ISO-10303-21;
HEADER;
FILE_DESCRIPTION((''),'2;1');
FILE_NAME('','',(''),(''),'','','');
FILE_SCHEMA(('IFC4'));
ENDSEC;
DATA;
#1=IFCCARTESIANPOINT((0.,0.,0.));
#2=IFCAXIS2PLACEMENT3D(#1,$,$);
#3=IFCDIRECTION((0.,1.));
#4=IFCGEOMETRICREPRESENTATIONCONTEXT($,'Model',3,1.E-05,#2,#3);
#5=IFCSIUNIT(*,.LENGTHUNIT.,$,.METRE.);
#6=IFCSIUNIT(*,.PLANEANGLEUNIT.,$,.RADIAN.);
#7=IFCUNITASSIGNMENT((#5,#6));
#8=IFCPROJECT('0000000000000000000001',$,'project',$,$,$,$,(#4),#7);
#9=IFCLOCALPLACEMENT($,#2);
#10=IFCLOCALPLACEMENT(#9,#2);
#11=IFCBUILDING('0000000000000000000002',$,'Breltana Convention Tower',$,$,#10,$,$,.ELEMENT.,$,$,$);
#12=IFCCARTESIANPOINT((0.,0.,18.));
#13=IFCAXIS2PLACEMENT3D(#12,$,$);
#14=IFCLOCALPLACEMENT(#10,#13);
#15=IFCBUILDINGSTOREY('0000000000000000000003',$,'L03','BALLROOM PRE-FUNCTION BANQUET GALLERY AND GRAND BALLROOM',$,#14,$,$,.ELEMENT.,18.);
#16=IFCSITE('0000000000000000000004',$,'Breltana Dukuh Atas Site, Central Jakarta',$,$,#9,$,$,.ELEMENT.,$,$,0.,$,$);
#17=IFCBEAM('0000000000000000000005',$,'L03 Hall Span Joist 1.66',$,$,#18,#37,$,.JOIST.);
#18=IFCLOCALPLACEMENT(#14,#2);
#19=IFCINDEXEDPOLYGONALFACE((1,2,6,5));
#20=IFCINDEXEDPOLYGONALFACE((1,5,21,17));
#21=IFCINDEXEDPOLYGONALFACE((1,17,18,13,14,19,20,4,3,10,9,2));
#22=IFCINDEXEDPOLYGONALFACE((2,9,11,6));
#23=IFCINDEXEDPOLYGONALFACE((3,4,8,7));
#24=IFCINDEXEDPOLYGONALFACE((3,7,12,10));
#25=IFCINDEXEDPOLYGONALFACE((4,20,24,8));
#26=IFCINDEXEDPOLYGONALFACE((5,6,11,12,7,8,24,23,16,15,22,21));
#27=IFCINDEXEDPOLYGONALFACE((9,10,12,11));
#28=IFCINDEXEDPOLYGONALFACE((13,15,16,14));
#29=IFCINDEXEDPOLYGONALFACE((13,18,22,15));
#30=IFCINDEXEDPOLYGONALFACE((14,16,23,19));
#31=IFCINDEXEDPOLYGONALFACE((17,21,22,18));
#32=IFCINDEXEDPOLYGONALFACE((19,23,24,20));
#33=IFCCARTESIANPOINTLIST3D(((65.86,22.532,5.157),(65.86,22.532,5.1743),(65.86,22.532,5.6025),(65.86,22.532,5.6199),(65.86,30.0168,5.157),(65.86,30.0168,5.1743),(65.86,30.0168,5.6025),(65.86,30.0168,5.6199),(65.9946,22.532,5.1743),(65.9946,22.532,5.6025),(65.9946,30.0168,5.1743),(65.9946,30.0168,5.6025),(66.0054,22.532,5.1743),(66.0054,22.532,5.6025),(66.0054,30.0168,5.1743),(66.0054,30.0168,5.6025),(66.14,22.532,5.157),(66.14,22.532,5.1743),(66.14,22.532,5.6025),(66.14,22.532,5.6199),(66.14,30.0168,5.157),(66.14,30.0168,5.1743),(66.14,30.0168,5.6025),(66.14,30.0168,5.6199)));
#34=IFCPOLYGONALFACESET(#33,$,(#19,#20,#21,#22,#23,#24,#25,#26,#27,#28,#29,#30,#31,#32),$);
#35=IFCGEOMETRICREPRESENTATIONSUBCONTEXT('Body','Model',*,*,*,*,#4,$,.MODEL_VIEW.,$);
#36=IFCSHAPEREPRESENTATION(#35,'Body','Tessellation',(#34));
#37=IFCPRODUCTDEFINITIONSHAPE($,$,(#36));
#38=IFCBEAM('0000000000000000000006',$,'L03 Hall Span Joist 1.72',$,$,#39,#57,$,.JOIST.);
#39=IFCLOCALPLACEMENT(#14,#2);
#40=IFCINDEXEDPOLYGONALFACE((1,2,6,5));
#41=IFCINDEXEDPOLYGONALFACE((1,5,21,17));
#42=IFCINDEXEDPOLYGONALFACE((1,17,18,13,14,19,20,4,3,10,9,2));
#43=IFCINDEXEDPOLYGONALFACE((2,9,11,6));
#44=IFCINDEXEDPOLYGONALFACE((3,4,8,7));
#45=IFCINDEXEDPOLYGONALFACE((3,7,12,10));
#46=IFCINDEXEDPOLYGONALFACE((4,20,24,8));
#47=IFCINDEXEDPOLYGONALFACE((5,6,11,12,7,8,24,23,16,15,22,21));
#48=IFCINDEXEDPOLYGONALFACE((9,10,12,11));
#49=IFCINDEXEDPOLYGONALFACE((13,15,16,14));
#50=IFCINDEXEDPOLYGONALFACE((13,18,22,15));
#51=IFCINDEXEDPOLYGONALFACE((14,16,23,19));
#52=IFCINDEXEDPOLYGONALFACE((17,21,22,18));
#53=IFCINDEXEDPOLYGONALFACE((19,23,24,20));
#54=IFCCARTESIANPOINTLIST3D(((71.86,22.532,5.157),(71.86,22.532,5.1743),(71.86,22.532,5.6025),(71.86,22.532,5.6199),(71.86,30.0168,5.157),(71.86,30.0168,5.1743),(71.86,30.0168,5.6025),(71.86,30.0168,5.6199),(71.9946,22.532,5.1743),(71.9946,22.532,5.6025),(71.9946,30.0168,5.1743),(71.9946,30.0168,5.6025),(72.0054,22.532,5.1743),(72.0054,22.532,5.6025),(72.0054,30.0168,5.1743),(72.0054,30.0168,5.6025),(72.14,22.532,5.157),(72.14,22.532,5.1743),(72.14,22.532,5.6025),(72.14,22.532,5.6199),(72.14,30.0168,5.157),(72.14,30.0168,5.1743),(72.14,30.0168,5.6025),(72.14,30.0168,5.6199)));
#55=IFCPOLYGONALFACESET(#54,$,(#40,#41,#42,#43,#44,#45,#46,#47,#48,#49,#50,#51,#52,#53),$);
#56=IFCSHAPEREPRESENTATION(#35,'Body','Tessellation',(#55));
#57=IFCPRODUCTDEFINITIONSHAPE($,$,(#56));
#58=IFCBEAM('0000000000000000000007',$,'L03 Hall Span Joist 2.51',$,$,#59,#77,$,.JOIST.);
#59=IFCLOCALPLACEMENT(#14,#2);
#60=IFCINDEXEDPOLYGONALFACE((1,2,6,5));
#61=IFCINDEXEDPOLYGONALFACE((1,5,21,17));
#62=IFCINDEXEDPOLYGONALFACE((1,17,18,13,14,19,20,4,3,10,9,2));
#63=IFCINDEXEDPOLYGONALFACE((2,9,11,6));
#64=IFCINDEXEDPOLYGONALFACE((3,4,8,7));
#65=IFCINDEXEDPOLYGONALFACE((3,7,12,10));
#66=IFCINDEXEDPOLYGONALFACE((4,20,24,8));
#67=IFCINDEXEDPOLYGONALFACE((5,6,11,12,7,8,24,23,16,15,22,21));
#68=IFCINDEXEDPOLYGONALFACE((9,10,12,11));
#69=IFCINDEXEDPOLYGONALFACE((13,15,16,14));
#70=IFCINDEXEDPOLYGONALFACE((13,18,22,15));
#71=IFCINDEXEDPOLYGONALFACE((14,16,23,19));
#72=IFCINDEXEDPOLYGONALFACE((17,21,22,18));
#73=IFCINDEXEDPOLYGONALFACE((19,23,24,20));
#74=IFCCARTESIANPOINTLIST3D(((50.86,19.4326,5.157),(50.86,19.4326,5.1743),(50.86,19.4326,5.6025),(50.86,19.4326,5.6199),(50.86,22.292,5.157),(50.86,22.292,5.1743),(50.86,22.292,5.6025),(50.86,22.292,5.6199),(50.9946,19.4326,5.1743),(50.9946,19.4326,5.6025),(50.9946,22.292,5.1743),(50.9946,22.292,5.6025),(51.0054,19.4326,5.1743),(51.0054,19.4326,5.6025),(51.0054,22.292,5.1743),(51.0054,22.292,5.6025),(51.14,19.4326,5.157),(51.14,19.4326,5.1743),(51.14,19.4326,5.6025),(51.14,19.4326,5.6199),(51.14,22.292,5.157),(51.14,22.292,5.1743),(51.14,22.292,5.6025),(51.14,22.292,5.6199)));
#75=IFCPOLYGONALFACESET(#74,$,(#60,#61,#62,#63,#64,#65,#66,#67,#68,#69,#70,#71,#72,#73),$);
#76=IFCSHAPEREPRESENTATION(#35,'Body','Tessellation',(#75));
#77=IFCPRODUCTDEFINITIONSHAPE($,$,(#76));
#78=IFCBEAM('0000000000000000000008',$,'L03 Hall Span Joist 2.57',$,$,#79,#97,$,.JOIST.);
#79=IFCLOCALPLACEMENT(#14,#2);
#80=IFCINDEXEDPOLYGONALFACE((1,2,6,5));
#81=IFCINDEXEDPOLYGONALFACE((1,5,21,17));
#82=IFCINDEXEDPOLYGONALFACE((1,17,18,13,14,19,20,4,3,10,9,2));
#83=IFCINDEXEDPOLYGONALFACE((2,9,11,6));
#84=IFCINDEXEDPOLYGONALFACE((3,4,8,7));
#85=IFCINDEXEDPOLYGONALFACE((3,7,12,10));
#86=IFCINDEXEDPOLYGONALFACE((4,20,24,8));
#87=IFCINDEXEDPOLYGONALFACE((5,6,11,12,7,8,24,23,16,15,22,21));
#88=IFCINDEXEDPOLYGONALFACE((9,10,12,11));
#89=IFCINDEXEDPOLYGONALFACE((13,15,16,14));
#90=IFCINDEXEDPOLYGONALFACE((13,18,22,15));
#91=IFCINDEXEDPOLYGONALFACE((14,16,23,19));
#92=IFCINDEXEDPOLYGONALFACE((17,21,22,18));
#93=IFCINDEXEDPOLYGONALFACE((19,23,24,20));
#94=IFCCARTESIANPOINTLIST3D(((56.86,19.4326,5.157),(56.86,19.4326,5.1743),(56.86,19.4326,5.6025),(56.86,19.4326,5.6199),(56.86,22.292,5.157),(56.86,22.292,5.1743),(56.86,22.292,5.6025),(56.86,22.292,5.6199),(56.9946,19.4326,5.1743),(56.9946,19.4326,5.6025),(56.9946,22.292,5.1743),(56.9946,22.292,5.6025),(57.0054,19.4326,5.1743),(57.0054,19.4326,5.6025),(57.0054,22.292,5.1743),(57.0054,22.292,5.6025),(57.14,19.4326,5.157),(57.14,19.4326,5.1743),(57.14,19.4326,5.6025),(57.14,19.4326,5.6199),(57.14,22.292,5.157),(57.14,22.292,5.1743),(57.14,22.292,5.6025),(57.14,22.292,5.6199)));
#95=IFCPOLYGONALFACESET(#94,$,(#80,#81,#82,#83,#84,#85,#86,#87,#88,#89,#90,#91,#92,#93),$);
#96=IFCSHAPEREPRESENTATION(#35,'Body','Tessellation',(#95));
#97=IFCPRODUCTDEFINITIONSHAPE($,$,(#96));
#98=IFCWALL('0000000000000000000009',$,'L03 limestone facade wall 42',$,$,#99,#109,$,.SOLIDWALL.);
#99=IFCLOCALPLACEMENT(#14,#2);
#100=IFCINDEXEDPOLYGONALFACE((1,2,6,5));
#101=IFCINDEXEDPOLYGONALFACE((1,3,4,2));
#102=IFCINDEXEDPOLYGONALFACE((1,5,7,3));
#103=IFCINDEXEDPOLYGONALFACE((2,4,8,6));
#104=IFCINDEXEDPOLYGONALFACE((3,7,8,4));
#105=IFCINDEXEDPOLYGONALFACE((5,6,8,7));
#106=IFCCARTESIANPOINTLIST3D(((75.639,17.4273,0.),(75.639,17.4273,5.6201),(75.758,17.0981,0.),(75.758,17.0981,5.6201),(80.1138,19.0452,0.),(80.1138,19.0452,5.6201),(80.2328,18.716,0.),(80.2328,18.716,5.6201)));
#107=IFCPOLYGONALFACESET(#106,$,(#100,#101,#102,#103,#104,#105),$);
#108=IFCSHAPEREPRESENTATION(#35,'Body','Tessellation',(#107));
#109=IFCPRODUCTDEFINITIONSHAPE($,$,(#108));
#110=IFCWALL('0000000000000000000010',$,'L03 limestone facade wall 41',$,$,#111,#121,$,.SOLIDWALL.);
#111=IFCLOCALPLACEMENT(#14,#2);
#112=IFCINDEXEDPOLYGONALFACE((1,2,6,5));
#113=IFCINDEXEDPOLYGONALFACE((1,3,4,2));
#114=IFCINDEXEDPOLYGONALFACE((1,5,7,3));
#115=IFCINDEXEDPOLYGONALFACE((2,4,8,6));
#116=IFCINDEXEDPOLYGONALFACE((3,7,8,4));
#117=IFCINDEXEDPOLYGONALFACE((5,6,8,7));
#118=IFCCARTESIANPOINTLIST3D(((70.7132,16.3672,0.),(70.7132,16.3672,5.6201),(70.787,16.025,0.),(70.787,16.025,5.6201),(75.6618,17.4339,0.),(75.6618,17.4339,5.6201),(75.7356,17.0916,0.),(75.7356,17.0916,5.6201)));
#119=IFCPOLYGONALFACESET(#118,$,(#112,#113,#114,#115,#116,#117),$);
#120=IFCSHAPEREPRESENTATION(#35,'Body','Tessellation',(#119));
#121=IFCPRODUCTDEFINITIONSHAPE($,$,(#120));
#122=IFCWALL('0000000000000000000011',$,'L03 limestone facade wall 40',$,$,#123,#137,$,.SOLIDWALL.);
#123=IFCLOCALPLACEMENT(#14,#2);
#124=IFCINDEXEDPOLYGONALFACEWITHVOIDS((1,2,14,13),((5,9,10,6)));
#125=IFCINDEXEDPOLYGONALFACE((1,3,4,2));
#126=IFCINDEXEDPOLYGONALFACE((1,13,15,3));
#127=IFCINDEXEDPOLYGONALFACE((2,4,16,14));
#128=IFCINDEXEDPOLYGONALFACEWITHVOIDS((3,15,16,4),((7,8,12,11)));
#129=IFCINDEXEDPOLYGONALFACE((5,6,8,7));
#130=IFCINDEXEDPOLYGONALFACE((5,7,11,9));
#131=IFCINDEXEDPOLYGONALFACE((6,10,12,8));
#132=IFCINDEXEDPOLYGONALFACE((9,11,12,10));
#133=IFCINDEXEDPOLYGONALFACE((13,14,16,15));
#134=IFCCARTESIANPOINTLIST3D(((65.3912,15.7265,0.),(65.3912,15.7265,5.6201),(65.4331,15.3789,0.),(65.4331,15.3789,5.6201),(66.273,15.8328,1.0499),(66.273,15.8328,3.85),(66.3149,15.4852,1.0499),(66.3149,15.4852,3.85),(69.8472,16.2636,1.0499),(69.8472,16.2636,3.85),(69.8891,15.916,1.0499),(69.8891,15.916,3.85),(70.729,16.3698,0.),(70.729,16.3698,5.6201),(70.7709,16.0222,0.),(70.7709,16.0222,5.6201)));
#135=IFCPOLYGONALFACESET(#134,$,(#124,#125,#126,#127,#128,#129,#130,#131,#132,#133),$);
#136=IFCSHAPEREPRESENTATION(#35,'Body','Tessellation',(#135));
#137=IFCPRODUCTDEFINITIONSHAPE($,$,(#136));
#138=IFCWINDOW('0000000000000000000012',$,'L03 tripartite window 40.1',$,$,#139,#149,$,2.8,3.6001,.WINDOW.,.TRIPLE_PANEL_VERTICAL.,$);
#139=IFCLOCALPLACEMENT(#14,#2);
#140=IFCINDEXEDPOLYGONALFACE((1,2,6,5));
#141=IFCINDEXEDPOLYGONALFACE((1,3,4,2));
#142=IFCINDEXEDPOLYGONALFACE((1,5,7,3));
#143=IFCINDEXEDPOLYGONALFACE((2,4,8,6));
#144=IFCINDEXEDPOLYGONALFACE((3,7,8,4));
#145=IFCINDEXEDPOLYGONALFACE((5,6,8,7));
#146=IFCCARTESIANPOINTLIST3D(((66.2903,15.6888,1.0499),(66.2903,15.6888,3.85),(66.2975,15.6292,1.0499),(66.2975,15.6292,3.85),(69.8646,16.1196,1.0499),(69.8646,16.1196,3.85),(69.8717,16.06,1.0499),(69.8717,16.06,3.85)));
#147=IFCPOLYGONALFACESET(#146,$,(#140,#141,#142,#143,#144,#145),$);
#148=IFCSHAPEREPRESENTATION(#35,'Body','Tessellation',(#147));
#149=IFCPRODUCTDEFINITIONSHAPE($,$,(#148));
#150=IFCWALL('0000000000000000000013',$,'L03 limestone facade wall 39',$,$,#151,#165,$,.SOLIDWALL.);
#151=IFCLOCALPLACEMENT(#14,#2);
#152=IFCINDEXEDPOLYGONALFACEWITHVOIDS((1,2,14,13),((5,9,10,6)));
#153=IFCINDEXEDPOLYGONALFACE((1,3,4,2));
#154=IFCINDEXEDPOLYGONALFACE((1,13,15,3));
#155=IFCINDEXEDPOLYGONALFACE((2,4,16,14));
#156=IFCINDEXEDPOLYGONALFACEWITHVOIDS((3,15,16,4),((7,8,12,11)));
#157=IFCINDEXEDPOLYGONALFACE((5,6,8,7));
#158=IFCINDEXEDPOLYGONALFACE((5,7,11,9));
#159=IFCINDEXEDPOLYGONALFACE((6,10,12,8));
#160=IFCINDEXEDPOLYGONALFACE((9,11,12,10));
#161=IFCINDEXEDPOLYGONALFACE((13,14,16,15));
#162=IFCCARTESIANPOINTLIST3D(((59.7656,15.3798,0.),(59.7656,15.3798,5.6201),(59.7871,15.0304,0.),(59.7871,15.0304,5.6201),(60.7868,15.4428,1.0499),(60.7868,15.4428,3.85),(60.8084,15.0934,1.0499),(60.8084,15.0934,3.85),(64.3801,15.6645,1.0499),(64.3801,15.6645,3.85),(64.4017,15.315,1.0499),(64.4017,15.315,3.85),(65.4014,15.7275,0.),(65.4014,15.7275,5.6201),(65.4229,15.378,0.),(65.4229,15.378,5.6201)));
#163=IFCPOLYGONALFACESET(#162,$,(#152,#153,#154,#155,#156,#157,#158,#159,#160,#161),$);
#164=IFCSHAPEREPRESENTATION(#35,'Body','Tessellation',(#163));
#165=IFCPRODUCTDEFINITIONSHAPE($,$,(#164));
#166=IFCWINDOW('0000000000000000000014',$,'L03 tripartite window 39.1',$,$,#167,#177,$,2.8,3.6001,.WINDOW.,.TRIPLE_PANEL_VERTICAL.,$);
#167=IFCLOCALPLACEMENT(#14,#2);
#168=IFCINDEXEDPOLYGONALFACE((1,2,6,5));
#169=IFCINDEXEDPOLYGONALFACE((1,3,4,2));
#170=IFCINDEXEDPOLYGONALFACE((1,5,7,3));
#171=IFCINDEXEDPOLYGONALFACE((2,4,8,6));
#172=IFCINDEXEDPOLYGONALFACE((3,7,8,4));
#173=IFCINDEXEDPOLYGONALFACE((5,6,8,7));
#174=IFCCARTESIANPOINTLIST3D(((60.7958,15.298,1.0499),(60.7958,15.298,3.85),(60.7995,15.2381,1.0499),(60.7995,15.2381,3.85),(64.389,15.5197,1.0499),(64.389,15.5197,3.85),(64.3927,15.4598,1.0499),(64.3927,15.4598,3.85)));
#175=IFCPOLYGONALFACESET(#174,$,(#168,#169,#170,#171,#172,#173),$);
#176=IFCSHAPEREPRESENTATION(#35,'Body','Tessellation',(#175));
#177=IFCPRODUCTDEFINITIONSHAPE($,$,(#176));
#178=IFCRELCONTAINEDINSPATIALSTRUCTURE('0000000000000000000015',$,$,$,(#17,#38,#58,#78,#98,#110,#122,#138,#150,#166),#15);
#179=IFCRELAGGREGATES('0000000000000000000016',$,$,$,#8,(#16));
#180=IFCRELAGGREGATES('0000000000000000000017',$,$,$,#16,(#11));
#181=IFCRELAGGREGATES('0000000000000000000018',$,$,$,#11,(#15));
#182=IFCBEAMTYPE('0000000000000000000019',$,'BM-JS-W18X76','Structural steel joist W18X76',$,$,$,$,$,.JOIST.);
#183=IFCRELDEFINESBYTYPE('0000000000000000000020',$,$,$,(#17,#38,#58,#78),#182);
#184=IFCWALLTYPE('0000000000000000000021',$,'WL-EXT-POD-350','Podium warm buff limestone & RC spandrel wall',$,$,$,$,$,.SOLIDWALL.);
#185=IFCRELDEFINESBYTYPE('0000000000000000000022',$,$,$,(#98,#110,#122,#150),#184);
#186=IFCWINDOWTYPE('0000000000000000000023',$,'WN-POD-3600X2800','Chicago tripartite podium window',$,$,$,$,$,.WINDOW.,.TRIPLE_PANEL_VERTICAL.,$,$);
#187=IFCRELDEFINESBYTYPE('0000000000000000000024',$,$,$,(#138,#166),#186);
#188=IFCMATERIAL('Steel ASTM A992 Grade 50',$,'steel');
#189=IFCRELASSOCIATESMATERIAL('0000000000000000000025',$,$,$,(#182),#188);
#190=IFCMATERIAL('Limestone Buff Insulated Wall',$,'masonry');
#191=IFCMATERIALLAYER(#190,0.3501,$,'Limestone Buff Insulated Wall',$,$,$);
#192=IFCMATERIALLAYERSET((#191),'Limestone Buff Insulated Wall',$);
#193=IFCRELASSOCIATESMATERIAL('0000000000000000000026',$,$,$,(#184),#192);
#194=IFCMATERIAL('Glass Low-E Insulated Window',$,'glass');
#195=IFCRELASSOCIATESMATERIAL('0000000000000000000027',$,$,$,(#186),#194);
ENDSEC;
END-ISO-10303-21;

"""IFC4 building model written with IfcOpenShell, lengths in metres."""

from ifc_helpers import new_model, si_unit, direction, frame, frame_2d, origin, origin_2d, place, context, subcontext, project, spatial, rectangle, i_section, extrude, source, transform, mapped, material, layer, layer_set, material_profile, profile_set, type_object, type_shapes, element, fill, save


model = new_model("IFC4")

# Units and contexts
model_context = context("Model", 3, precision=1e-05, world=origin(), true_north=direction((0.0, 1.0)))
body_context = subcontext(model_context, "Body", "Model", "MODEL_VIEW")
ifc_project = project(units=[si_unit("LENGTHUNIT", "METRE"), si_unit("PLANEANGLEUNIT", "RADIAN")], contexts=[model_context])

# Site, building, storey
site_placement = place(None, origin())
site = spatial("IfcSite", under=ifc_project, at=site_placement, Name="Breltana Dukuh Atas Site, Central Jakarta", CompositionType="ELEMENT", RefElevation=0.0)
building_placement = place(site_placement, origin())
building = spatial("IfcBuilding", under=site, at=building_placement, Name="Breltana Convention Tower", CompositionType="ELEMENT")
storey_placement = place(building_placement, frame((0.0, 0.0, 18.0)))
storey = spatial("IfcBuildingStorey", under=building, at=storey_placement, Name="L03", Description="BALLROOM PRE-FUNCTION BANQUET GALLERY AND GRAND BALLROOM", CompositionType="ELEMENT", Elevation=18.0)

# Beams
ifc_material_1 = material(Name="Steel ASTM A992 Grade 50", Category="steel")
ifc_material_profile_1 = material_profile(ifc_material_1, i_section(OverallWidth=0.28, OverallDepth=0.4629, WebThickness=0.0107, FlangeThickness=0.0173, at=origin_2d()), Name="W18X76")
ifc_profile_set_1 = profile_set([ifc_material_profile_1], Name="Steel ASTM A992 Grade 50")
beam_type_1 = type_object("IfcBeamType", Name="BM-JS-W18X76", Description="Structural steel joist W18X76", PredefinedType="JOIST", material=ifc_profile_set_1)
shared_shape_1 = source(origin(), body_context, "Body", "SweptSolid", [
    extrude(i_section(OverallWidth=0.28, OverallDepth=0.4629, WebThickness=0.0107, FlangeThickness=0.0173, at=origin_2d()), origin(), (0.0, 0.0, 1.0), 7.4849),
])
type_shapes(beam_type_1, [shared_shape_1])
for number, where, z_axis, x_axis, name in (
    (1, (66.0, 22.532, 5.3884), (0.0, 1.0, 0.0), (-1.0, 0.0, 0.0), "L03 Hall Span Joist 1.66"),
    (2, (72.0, 22.532, 5.3884), (0.0, 1.0, 0.0), (-1.0, 0.0, 0.0), "L03 Hall Span Joist 1.72"),
):
    element("IfcBeam", number, at=place(storey_placement, frame(where, z_axis=z_axis, x_axis=x_axis)), inside=storey, type_object=beam_type_1, Name=name, PredefinedType="JOIST", context=body_context, shape_type="MappedRepresentation", body=[
        mapped(shared_shape_1, transform((0.0, 0.0, 0.0), scale=1.0)),
    ])
shared_shape_2 = source(origin(), body_context, "Body", "SweptSolid", [
    extrude(i_section(OverallWidth=0.28, OverallDepth=0.4629, WebThickness=0.0107, FlangeThickness=0.0173, at=origin_2d()), origin(), (0.0, 0.0, 1.0), 2.8594),
])
for number, where, z_axis, x_axis, name in (
    (3, (51.0, 19.4326, 5.3884), (0.0, 1.0, 0.0), (-1.0, 0.0, 0.0), "L03 Hall Span Joist 2.51"),
    (4, (57.0, 19.4326, 5.3884), (0.0, 1.0, 0.0), (-1.0, 0.0, 0.0), "L03 Hall Span Joist 2.57"),
):
    element("IfcBeam", number, at=place(storey_placement, frame(where, z_axis=z_axis, x_axis=x_axis)), inside=storey, type_object=beam_type_1, Name=name, PredefinedType="JOIST", context=body_context, shape_type="MappedRepresentation", body=[
        mapped(shared_shape_2, transform((0.0, 0.0, 0.0), scale=1.0)),
    ])

# Walls
ifc_material_2 = material(Name="Limestone Buff Insulated Wall", Category="masonry")
ifc_layer_1 = layer(ifc_material_2, 0.3501, Name="Limestone Buff Insulated Wall")
ifc_layer_set_1 = layer_set([ifc_layer_1], Name="Limestone Buff Insulated Wall")
wall_type_1 = type_object("IfcWallType", Name="WL-EXT-POD-350", Description="Podium warm buff limestone & RC spandrel wall", PredefinedType="SOLIDWALL", material=ifc_layer_set_1)
shared_shape_3 = source(origin(), body_context, "Body", "SweptSolid", [
    extrude(rectangle(XDim=4.7583, YDim=0.3501, at=frame_2d((2.3792, 0.0))), origin(), (0.0, 0.0, 1.0), 5.6201),
])
wall_1_placement = place(storey_placement, frame((75.6985, 17.2627, 0.0), z_axis=(0.0, 0.0, 1.0), x_axis=(0.94042, 0.340016, 0.0)))
element("IfcWall", 5, at=wall_1_placement, inside=storey, type_object=wall_type_1, Name="L03 limestone facade wall 42", PredefinedType="SOLIDWALL", context=body_context, shape_type="MappedRepresentation", body=[
    mapped(shared_shape_3, transform((0.0, 0.0, 0.0), scale=1.0)),
])
shared_shape_4 = source(origin(), body_context, "Body", "SweptSolid", [
    extrude(rectangle(XDim=5.0623, YDim=0.3501, at=frame_2d((2.5312, 0.0))), origin(), (0.0, 0.0, 1.0), 5.6201),
])
wall_2_placement = place(storey_placement, frame((70.75, 16.196, 0.0), z_axis=(0.0, 0.0, 1.0), x_axis=(0.977548, 0.210711, 0.0)))
element("IfcWall", 6, at=wall_2_placement, inside=storey, type_object=wall_type_1, Name="L03 limestone facade wall 41", PredefinedType="SOLIDWALL", context=body_context, shape_type="MappedRepresentation", body=[
    mapped(shared_shape_4, transform((0.0, 0.0, 0.0), scale=1.0)),
])

# Walls, openings, windows
shared_shape_5 = source(origin(), body_context, "Body", "SweptSolid", [
    extrude(rectangle(XDim=5.3765, YDim=0.3501, at=frame_2d((2.6882, 0.0))), origin(), (0.0, 0.0, 1.0), 5.6201),
])
wall_3_placement = place(storey_placement, frame((65.4121, 15.5527, 0.0), z_axis=(0.0, 0.0, 1.0), x_axis=(0.992816, 0.119652, 0.0)))
wall_3 = element("IfcWall", 7, at=wall_3_placement, inside=storey, type_object=wall_type_1, Name="L03 limestone facade wall 40", PredefinedType="SOLIDWALL", context=body_context, shape_type="MappedRepresentation", body=[
    mapped(shared_shape_5, transform((0.0, 0.0, 0.0), scale=1.0)),
])
opening_1_placement = place(wall_3_placement, frame((0.8882, 0.0, 1.05)))
opening_1 = element("IfcOpeningElement", 8, at=opening_1_placement, cuts=wall_3, PredefinedType="OPENING", context=body_context, shape_type="SweptSolid", body=[
    extrude(rectangle(XDim=3.6001, YDim=2.8, at=frame_2d((1.8, 1.3999))), frame((0.0, 0.1851, 0.0), z_axis=(0.0, -1.0, 0.0), x_axis=(1.0, 0.0, 0.0)), (0.0, 0.0, 1.0), 0.3701),
])
ifc_material_3 = material(Name="Glass Low-E Insulated Window", Category="glass")
window_type = type_object("IfcWindowType", Name="WN-POD-3600X2800", Description="Chicago tripartite podium window", PartitioningType="TRIPLE_PANEL_VERTICAL", PredefinedType="WINDOW", material=ifc_material_3)
shared_shape_6 = source(origin(), body_context, "Body", "SweptSolid", [
    extrude(rectangle(XDim=3.6001, YDim=2.8, at=frame_2d((1.8, 1.3999))), frame((0.0, 0.03, 0.0), z_axis=(0.0, -1.0, 0.0), x_axis=(1.0, 0.0, 0.0)), (0.0, 0.0, 1.0), 0.0601),
])
type_shapes(window_type, [shared_shape_6])
window_1_placement = place(opening_1_placement, origin())
window_1 = element("IfcWindow", 9, at=window_1_placement, inside=storey, type_object=window_type, Name="L03 tripartite window 40.1", OverallHeight=2.8, OverallWidth=3.6001, PartitioningType="TRIPLE_PANEL_VERTICAL", PredefinedType="WINDOW", context=body_context, shape_type="MappedRepresentation", body=[
    mapped(shared_shape_6, transform((0.0, 0.0, 0.0), scale=1.0)),
])
fill(opening_1, window_1)
shared_shape_7 = source(origin(), body_context, "Body", "SweptSolid", [
    extrude(rectangle(XDim=5.6465, YDim=0.3501, at=frame_2d((2.8232, 0.0))), origin(), (0.0, 0.0, 1.0), 5.6201),
])
wall_4_placement = place(storey_placement, frame((59.7764, 15.2051, 0.0), z_axis=(0.0, 0.0, 1.0), x_axis=(0.998103, 0.061571, 0.0)))
wall_4 = element("IfcWall", 10, at=wall_4_placement, inside=storey, type_object=wall_type_1, Name="L03 limestone facade wall 39", PredefinedType="SOLIDWALL", context=body_context, shape_type="MappedRepresentation", body=[
    mapped(shared_shape_7, transform((0.0, 0.0, 0.0), scale=1.0)),
])
opening_2_placement = place(wall_4_placement, frame((1.0232, 0.0, 1.05)))
opening_2 = element("IfcOpeningElement", 11, at=opening_2_placement, cuts=wall_4, PredefinedType="OPENING", context=body_context, shape_type="SweptSolid", body=[
    extrude(rectangle(XDim=3.6001, YDim=2.8, at=frame_2d((1.8, 1.3999))), frame((0.0, 0.1851, 0.0), z_axis=(0.0, -1.0, 0.0), x_axis=(1.0, 0.0, 0.0)), (0.0, 0.0, 1.0), 0.3701),
])
window_2_placement = place(opening_2_placement, origin())
window_2 = element("IfcWindow", 12, at=window_2_placement, inside=storey, type_object=window_type, Name="L03 tripartite window 39.1", OverallHeight=2.8, OverallWidth=3.6001, PartitioningType="TRIPLE_PANEL_VERTICAL", PredefinedType="WINDOW", context=body_context, shape_type="MappedRepresentation", body=[
    mapped(shared_shape_6, transform((0.0, 0.0, 0.0), scale=1.0)),
])
fill(opening_2, window_2)

save(model, "model.ifc")
